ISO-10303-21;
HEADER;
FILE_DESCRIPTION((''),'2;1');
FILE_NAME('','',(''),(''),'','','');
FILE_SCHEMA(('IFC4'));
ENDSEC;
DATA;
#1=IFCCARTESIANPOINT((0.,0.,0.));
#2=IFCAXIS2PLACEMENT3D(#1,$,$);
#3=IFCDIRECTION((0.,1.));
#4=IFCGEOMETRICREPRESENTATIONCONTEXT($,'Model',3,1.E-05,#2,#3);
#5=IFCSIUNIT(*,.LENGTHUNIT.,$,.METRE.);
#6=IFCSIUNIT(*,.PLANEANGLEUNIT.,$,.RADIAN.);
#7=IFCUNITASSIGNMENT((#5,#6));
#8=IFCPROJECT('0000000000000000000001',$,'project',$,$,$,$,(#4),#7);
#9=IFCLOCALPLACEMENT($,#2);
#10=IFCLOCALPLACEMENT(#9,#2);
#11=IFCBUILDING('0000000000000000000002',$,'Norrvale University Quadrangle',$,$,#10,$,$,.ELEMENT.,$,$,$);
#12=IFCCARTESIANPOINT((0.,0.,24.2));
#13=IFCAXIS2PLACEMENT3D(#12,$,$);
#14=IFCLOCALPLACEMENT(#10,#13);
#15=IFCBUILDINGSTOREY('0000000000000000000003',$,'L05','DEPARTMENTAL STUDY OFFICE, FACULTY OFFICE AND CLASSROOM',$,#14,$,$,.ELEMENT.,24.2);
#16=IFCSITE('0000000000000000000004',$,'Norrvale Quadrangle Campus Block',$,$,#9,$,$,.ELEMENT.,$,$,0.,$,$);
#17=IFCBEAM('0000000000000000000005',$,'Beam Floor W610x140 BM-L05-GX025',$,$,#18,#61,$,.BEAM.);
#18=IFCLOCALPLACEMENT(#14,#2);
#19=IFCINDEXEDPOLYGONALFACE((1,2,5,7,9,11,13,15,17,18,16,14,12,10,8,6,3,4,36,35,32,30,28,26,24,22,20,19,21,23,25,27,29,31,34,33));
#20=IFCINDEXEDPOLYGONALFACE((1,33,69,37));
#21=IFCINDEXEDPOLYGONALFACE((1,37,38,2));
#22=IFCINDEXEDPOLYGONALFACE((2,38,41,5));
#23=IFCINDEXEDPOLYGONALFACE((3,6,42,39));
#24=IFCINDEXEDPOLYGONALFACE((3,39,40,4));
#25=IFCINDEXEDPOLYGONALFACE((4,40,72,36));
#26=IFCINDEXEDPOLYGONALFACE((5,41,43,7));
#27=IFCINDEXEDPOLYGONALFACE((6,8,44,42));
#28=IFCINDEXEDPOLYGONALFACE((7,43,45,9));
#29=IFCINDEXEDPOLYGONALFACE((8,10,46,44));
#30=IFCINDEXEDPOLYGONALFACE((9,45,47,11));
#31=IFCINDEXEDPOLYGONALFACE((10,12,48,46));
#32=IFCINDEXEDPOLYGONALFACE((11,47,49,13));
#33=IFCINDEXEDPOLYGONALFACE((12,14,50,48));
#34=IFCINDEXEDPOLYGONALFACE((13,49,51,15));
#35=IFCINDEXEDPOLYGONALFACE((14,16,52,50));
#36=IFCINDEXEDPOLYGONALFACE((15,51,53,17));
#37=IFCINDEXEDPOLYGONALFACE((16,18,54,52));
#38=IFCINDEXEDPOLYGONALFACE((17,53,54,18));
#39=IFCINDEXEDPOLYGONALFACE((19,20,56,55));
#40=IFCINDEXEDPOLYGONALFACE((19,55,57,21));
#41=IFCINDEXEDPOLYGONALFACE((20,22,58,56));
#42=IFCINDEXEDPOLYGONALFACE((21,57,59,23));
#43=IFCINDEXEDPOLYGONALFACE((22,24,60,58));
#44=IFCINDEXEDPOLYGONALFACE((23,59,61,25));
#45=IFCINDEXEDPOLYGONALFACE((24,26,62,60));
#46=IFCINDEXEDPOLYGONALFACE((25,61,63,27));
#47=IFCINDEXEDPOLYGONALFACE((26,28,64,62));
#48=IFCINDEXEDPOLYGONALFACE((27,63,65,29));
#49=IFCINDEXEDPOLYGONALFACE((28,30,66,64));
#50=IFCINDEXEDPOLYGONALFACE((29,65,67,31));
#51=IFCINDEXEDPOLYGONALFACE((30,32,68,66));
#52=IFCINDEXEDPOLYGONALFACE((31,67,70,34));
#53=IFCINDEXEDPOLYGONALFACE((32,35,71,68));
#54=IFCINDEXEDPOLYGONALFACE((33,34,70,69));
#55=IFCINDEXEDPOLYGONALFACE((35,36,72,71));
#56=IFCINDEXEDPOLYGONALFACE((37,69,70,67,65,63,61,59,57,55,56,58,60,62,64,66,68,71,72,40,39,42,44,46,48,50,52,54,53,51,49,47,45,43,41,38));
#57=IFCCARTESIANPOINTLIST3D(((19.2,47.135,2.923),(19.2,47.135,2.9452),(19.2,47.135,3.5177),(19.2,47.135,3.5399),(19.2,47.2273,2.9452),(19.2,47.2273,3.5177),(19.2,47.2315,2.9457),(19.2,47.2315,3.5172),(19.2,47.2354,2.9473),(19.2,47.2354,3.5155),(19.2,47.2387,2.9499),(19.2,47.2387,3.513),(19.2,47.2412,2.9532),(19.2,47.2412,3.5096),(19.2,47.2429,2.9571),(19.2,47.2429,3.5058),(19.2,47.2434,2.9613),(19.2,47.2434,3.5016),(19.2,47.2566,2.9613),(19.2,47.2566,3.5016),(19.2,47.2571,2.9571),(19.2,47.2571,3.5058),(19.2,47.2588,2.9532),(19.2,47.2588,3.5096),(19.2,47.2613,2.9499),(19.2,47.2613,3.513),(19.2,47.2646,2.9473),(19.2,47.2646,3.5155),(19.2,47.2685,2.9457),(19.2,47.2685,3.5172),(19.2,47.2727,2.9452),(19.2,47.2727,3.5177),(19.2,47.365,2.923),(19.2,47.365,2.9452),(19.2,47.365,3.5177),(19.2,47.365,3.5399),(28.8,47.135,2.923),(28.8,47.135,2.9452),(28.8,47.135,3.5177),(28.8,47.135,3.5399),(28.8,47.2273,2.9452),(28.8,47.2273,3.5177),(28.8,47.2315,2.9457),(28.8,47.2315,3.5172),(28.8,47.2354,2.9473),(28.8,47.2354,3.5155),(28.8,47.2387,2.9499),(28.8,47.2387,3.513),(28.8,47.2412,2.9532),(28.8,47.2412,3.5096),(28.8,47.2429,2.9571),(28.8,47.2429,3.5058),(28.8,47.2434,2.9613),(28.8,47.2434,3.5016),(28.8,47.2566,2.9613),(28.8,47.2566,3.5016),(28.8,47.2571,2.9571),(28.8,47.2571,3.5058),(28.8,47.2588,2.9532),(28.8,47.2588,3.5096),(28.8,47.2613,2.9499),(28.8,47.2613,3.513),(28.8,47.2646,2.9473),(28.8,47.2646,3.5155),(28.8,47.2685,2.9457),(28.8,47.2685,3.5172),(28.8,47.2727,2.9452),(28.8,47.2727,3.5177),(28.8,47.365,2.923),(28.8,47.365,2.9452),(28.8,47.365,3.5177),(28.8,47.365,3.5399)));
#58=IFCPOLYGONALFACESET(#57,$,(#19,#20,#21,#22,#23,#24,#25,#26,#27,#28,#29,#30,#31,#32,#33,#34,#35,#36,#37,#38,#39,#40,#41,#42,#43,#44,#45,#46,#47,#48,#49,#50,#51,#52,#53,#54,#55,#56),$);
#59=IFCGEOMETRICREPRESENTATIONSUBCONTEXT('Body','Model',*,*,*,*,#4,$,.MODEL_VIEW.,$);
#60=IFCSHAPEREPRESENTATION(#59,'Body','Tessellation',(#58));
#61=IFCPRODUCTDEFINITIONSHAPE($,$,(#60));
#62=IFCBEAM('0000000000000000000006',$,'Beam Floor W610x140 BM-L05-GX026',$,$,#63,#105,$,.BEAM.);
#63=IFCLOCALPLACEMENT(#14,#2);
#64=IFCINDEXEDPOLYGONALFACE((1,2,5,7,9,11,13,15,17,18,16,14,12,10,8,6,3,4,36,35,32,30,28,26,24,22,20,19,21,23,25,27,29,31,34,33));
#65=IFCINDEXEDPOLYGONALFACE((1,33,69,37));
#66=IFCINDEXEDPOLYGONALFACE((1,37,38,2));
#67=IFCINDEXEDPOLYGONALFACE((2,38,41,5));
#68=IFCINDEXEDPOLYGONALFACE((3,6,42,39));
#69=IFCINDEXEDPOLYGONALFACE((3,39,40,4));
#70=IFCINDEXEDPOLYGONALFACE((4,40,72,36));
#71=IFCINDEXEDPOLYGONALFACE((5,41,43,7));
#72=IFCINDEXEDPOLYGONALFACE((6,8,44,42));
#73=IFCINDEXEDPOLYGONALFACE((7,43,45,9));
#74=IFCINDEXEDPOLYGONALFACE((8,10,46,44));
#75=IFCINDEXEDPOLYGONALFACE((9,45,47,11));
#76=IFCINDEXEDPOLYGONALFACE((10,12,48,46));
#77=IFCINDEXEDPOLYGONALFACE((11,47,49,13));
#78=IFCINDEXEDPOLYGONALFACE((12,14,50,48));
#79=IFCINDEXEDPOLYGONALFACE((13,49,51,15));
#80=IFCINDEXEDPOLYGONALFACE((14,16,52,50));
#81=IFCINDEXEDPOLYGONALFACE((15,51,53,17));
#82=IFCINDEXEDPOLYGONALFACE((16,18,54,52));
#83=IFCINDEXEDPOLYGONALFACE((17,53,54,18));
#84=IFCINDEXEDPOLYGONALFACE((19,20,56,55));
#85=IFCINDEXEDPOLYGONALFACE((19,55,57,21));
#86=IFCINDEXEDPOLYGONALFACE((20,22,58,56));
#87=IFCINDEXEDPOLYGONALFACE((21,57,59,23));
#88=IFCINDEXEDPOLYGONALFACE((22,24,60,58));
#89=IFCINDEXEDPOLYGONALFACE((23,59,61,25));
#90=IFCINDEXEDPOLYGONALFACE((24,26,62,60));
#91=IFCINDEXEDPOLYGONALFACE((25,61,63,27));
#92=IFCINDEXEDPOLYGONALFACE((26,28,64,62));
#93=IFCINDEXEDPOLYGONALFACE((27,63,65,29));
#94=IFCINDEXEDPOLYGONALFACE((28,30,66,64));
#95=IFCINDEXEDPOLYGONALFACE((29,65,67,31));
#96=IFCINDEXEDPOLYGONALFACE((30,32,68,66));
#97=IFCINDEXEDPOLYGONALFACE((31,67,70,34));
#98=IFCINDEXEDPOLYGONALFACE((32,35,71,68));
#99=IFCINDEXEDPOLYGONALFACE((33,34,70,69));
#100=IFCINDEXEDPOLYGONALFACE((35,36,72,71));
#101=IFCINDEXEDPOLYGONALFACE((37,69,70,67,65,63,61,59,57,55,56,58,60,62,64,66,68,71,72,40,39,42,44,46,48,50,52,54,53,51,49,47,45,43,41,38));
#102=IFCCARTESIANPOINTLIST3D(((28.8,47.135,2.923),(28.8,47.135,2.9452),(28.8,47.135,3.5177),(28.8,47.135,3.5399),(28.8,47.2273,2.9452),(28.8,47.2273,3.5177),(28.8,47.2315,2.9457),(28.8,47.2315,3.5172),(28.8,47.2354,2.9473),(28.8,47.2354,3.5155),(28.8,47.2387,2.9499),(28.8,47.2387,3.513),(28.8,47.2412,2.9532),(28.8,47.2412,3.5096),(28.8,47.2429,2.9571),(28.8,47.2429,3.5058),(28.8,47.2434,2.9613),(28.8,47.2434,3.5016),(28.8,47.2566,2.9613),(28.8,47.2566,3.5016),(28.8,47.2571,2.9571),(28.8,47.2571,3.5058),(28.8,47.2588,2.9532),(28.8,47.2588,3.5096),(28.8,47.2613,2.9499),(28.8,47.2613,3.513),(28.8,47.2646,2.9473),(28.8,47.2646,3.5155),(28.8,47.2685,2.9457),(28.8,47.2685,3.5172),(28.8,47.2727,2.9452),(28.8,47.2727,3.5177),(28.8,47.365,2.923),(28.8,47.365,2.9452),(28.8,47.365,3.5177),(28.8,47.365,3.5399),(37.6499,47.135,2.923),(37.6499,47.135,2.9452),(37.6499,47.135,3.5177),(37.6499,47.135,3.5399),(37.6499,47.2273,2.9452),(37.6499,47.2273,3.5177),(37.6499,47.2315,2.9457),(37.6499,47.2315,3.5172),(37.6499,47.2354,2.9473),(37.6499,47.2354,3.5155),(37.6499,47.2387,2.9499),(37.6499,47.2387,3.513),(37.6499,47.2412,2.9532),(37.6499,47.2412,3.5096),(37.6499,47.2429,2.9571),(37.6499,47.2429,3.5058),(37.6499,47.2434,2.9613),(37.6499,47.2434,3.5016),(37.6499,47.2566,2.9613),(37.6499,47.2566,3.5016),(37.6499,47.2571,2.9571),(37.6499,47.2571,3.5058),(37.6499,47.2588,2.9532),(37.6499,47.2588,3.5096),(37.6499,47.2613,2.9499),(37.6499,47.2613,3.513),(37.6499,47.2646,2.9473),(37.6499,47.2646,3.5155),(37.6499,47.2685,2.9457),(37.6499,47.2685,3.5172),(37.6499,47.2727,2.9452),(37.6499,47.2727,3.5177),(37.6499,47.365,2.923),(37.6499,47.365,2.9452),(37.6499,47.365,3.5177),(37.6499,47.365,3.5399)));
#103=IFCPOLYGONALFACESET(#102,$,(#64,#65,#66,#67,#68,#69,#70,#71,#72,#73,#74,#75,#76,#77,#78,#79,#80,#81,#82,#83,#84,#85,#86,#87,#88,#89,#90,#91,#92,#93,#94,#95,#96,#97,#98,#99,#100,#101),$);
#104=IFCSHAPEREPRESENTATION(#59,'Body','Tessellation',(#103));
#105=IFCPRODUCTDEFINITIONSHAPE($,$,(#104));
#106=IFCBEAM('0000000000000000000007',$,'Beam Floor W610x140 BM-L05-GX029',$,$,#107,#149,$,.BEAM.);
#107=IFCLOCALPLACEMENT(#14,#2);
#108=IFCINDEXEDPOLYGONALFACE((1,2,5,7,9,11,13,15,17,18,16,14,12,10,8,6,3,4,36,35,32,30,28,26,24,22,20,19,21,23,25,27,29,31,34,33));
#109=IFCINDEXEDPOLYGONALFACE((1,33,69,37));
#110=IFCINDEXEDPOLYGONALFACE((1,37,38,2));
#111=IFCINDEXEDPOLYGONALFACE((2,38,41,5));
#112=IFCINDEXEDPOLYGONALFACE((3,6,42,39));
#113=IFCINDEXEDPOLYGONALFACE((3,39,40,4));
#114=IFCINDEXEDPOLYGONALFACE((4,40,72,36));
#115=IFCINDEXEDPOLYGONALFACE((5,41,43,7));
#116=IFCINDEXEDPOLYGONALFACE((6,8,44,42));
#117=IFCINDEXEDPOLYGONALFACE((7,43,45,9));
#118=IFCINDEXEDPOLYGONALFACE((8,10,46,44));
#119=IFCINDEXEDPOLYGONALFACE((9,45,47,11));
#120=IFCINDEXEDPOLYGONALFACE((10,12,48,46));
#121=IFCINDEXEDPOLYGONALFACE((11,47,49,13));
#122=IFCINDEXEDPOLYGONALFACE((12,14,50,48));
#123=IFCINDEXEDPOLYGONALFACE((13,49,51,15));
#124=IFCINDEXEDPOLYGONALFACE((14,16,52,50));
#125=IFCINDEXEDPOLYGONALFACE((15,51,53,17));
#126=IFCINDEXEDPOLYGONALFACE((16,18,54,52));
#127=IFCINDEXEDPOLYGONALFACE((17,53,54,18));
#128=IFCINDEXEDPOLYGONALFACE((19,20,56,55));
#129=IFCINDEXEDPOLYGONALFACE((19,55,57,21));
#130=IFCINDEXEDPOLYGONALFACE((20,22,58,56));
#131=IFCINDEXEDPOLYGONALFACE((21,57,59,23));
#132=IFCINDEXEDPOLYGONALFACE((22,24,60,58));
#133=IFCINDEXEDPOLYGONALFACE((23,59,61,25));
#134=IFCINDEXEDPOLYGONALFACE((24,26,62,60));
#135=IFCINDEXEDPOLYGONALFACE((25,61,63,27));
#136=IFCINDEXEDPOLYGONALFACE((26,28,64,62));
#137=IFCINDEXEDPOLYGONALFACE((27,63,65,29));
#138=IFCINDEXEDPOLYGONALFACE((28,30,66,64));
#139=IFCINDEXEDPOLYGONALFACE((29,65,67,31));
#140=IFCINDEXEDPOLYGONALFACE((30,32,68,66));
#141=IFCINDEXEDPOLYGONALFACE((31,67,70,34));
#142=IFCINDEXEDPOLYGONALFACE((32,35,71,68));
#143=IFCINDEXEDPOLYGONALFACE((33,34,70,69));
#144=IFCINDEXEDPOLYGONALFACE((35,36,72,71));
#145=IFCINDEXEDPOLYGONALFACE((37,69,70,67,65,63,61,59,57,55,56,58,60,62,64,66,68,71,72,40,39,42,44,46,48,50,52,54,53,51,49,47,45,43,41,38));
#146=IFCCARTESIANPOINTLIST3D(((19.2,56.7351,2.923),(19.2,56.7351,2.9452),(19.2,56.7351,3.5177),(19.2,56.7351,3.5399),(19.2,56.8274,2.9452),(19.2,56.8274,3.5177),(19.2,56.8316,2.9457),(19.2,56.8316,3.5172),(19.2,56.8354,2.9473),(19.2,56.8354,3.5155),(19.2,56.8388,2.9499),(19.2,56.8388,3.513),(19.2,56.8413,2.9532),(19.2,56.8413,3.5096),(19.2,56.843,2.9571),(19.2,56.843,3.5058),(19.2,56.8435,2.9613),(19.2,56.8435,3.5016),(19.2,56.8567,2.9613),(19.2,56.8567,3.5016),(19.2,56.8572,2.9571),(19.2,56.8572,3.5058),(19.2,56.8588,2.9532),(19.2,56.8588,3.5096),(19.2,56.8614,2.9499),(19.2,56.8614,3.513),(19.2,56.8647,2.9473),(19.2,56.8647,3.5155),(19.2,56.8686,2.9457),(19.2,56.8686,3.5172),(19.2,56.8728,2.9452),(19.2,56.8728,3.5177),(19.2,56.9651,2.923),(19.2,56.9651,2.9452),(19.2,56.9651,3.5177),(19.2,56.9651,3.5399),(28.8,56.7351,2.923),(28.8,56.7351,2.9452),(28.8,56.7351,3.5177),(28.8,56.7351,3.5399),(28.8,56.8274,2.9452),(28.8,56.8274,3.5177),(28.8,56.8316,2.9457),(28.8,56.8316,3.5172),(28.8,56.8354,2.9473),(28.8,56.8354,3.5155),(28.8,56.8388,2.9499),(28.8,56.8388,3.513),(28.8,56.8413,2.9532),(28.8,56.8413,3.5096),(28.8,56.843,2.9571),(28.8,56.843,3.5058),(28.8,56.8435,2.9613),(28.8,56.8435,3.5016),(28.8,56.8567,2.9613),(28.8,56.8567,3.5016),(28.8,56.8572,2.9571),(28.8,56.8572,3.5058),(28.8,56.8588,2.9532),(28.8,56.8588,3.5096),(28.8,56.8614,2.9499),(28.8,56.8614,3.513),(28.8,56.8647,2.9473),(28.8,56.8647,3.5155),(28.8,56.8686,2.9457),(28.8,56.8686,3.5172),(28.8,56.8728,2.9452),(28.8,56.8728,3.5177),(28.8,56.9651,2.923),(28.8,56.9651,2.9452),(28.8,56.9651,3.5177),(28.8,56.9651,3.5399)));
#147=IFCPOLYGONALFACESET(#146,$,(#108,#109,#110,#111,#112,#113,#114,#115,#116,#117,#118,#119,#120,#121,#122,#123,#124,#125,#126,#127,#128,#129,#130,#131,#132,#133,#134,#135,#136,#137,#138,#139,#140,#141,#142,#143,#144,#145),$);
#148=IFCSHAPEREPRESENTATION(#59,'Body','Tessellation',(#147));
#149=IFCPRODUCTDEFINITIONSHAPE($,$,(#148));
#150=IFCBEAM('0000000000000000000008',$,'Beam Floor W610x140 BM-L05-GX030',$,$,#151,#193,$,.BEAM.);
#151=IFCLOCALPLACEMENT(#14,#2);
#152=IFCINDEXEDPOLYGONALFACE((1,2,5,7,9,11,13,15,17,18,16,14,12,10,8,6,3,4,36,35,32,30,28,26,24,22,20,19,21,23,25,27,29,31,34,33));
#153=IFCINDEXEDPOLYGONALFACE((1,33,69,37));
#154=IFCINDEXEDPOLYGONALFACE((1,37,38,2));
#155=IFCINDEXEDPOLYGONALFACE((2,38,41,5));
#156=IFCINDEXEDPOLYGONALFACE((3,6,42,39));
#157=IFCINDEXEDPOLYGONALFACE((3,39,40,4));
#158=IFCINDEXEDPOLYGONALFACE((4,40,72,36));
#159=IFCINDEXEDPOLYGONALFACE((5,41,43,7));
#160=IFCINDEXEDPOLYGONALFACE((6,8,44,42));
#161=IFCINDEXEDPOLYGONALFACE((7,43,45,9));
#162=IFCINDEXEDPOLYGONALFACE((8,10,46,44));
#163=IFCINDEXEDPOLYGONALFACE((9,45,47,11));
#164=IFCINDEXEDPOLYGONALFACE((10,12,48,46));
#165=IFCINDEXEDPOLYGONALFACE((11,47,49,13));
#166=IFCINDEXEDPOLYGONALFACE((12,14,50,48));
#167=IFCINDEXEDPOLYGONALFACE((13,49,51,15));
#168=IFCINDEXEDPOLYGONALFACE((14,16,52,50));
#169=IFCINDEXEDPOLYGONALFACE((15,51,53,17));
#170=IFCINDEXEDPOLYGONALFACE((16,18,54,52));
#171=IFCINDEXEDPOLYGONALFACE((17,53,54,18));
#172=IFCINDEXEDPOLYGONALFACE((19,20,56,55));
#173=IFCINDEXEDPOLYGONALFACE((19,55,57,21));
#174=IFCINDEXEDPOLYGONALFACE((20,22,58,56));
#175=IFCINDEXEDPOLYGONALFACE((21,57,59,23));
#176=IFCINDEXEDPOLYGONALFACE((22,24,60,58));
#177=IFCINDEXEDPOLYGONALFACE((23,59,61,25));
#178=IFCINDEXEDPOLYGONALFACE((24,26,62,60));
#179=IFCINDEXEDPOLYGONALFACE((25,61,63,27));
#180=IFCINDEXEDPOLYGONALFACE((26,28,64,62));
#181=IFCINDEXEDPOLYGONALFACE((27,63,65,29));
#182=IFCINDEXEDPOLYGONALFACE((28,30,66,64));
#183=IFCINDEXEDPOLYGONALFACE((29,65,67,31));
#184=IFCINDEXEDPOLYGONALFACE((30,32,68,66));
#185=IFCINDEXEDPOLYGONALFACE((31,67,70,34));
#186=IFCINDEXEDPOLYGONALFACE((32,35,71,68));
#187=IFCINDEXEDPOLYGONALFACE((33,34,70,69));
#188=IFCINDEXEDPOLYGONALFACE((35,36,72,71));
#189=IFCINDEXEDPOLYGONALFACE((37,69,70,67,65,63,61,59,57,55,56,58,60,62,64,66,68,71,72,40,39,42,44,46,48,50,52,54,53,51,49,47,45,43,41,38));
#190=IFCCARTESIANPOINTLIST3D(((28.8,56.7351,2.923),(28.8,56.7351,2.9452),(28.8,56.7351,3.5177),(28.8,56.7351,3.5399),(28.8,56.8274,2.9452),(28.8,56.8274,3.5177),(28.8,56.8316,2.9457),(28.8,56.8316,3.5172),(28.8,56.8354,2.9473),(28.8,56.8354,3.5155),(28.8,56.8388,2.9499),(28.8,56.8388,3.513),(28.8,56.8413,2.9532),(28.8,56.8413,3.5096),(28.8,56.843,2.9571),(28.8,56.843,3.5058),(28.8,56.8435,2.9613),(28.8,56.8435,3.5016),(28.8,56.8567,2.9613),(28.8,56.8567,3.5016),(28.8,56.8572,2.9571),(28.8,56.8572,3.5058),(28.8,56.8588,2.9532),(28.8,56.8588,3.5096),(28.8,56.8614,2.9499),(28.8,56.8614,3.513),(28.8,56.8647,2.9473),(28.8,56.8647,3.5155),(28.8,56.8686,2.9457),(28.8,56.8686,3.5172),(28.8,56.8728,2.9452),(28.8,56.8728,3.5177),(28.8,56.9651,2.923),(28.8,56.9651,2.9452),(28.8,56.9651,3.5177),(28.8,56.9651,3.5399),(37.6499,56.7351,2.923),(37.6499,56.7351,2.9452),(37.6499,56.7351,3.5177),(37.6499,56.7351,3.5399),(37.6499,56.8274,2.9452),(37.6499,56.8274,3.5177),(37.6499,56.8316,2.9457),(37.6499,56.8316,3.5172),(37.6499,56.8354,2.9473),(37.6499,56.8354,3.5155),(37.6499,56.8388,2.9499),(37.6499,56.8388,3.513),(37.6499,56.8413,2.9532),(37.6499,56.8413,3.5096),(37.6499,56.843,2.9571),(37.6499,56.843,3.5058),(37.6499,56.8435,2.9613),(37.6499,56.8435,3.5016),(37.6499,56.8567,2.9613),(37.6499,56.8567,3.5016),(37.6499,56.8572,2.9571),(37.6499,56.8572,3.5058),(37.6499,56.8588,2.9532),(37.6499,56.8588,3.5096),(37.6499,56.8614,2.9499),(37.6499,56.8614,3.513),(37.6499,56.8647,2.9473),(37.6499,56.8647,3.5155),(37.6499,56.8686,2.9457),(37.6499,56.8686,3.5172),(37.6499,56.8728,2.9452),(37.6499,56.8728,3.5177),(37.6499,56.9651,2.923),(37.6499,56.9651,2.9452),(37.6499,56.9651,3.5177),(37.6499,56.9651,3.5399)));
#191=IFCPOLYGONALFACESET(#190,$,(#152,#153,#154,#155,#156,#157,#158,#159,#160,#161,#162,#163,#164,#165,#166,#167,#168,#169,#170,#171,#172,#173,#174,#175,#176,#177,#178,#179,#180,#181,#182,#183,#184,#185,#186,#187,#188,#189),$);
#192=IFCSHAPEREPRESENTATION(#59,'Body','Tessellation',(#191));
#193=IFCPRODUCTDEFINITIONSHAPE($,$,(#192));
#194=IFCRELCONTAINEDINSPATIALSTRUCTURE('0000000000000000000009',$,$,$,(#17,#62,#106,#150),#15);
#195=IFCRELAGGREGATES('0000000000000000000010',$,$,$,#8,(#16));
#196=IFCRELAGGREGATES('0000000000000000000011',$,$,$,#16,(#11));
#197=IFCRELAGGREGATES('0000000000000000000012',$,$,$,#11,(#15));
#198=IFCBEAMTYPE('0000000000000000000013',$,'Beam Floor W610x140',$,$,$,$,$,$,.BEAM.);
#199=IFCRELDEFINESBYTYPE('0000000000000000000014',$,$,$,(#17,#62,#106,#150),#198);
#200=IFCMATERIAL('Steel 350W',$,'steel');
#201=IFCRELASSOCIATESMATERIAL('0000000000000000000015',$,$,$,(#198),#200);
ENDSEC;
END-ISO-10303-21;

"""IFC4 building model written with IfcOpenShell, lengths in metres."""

from ifc_helpers import new_model, si_unit, direction, frame, origin, origin_2d, place, context, subcontext, project, spatial, i_section, extrude, material, material_profile, profile_set, type_object, element, save


model = new_model("IFC4")

# Units and contexts
model_context = context("Model", 3, precision=1e-05, world=origin(), true_north=direction((0.0, 1.0)))
body_context = subcontext(model_context, "Body", "Model", "MODEL_VIEW")
ifc_project = project(units=[si_unit("LENGTHUNIT", "METRE"), si_unit("PLANEANGLEUNIT", "RADIAN")], contexts=[model_context])

# Site, building, storey
site_placement = place(None, origin())
site = spatial("IfcSite", under=ifc_project, at=site_placement, Name="Norrvale Quadrangle Campus Block", CompositionType="ELEMENT", RefElevation=0.0)
building_placement = place(site_placement, origin())
building = spatial("IfcBuilding", under=site, at=building_placement, Name="Norrvale University Quadrangle", CompositionType="ELEMENT")
storey_placement = place(building_placement, frame((0.0, 0.0, 24.2)))
storey = spatial("IfcBuildingStorey", under=building, at=storey_placement, Name="L05", Description="DEPARTMENTAL STUDY OFFICE, FACULTY OFFICE AND CLASSROOM", CompositionType="ELEMENT", Elevation=24.2)

# Beams
ifc_material_1 = material(Name="Steel 350W", Category="steel")
ifc_material_profile_1 = material_profile(ifc_material_1, i_section(OverallWidth=0.23, OverallDepth=0.6169, WebThickness=0.0132, FlangeThickness=0.0222, FilletRadius=0.0161, at=origin_2d()), Name="Steel 350W")
ifc_profile_set_1 = profile_set([ifc_material_profile_1], Name="Steel 350W")
beam_type_1 = type_object("IfcBeamType", Name="Beam Floor W610x140", PredefinedType="BEAM", material=ifc_profile_set_1)
beam_1_placement = place(storey_placement, frame((19.2, 47.25, 3.2314), z_axis=(1.0, 0.0, 0.0), x_axis=(0.0, 1.0, 0.0)))
element("IfcBeam", 1, at=beam_1_placement, inside=storey, type_object=beam_type_1, Name="Beam Floor W610x140 BM-L05-GX025", PredefinedType="BEAM", context=body_context, shape_type="SweptSolid", body=[
    extrude(i_section(OverallWidth=0.23, OverallDepth=0.6169, WebThickness=0.0132, FlangeThickness=0.0222, FilletRadius=0.0161, at=origin_2d()), origin(), (0.0, 0.0, 1.0), 9.6001),
])
beam_2_placement = place(storey_placement, frame((28.8, 47.25, 3.2314), z_axis=(1.0, 0.0, 0.0), x_axis=(0.0, 1.0, 0.0)))
element("IfcBeam", 2, at=beam_2_placement, inside=storey, type_object=beam_type_1, Name="Beam Floor W610x140 BM-L05-GX026", PredefinedType="BEAM", context=body_context, shape_type="SweptSolid", body=[
    extrude(i_section(OverallWidth=0.23, OverallDepth=0.6169, WebThickness=0.0132, FlangeThickness=0.0222, FilletRadius=0.0161, at=origin_2d()), origin(), (0.0, 0.0, 1.0), 8.8499),
])
beam_3_placement = place(storey_placement, frame((19.2, 56.8501, 3.2314), z_axis=(1.0, 0.0, 0.0), x_axis=(0.0, 1.0, 0.0)))
element("IfcBeam", 3, at=beam_3_placement, inside=storey, type_object=beam_type_1, Name="Beam Floor W610x140 BM-L05-GX029", PredefinedType="BEAM", context=body_context, shape_type="SweptSolid", body=[
    extrude(i_section(OverallWidth=0.23, OverallDepth=0.6169, WebThickness=0.0132, FlangeThickness=0.0222, FilletRadius=0.0161, at=origin_2d()), origin(), (0.0, 0.0, 1.0), 9.6001),
])
beam_4_placement = place(storey_placement, frame((28.8, 56.8501, 3.2314), z_axis=(1.0, 0.0, 0.0), x_axis=(0.0, 1.0, 0.0)))
element("IfcBeam", 4, at=beam_4_placement, inside=storey, type_object=beam_type_1, Name="Beam Floor W610x140 BM-L05-GX030", PredefinedType="BEAM", context=body_context, shape_type="SweptSolid", body=[
    extrude(i_section(OverallWidth=0.23, OverallDepth=0.6169, WebThickness=0.0132, FlangeThickness=0.0222, FilletRadius=0.0161, at=origin_2d()), origin(), (0.0, 0.0, 1.0), 8.8499),
])

save(model, "model.ifc")
